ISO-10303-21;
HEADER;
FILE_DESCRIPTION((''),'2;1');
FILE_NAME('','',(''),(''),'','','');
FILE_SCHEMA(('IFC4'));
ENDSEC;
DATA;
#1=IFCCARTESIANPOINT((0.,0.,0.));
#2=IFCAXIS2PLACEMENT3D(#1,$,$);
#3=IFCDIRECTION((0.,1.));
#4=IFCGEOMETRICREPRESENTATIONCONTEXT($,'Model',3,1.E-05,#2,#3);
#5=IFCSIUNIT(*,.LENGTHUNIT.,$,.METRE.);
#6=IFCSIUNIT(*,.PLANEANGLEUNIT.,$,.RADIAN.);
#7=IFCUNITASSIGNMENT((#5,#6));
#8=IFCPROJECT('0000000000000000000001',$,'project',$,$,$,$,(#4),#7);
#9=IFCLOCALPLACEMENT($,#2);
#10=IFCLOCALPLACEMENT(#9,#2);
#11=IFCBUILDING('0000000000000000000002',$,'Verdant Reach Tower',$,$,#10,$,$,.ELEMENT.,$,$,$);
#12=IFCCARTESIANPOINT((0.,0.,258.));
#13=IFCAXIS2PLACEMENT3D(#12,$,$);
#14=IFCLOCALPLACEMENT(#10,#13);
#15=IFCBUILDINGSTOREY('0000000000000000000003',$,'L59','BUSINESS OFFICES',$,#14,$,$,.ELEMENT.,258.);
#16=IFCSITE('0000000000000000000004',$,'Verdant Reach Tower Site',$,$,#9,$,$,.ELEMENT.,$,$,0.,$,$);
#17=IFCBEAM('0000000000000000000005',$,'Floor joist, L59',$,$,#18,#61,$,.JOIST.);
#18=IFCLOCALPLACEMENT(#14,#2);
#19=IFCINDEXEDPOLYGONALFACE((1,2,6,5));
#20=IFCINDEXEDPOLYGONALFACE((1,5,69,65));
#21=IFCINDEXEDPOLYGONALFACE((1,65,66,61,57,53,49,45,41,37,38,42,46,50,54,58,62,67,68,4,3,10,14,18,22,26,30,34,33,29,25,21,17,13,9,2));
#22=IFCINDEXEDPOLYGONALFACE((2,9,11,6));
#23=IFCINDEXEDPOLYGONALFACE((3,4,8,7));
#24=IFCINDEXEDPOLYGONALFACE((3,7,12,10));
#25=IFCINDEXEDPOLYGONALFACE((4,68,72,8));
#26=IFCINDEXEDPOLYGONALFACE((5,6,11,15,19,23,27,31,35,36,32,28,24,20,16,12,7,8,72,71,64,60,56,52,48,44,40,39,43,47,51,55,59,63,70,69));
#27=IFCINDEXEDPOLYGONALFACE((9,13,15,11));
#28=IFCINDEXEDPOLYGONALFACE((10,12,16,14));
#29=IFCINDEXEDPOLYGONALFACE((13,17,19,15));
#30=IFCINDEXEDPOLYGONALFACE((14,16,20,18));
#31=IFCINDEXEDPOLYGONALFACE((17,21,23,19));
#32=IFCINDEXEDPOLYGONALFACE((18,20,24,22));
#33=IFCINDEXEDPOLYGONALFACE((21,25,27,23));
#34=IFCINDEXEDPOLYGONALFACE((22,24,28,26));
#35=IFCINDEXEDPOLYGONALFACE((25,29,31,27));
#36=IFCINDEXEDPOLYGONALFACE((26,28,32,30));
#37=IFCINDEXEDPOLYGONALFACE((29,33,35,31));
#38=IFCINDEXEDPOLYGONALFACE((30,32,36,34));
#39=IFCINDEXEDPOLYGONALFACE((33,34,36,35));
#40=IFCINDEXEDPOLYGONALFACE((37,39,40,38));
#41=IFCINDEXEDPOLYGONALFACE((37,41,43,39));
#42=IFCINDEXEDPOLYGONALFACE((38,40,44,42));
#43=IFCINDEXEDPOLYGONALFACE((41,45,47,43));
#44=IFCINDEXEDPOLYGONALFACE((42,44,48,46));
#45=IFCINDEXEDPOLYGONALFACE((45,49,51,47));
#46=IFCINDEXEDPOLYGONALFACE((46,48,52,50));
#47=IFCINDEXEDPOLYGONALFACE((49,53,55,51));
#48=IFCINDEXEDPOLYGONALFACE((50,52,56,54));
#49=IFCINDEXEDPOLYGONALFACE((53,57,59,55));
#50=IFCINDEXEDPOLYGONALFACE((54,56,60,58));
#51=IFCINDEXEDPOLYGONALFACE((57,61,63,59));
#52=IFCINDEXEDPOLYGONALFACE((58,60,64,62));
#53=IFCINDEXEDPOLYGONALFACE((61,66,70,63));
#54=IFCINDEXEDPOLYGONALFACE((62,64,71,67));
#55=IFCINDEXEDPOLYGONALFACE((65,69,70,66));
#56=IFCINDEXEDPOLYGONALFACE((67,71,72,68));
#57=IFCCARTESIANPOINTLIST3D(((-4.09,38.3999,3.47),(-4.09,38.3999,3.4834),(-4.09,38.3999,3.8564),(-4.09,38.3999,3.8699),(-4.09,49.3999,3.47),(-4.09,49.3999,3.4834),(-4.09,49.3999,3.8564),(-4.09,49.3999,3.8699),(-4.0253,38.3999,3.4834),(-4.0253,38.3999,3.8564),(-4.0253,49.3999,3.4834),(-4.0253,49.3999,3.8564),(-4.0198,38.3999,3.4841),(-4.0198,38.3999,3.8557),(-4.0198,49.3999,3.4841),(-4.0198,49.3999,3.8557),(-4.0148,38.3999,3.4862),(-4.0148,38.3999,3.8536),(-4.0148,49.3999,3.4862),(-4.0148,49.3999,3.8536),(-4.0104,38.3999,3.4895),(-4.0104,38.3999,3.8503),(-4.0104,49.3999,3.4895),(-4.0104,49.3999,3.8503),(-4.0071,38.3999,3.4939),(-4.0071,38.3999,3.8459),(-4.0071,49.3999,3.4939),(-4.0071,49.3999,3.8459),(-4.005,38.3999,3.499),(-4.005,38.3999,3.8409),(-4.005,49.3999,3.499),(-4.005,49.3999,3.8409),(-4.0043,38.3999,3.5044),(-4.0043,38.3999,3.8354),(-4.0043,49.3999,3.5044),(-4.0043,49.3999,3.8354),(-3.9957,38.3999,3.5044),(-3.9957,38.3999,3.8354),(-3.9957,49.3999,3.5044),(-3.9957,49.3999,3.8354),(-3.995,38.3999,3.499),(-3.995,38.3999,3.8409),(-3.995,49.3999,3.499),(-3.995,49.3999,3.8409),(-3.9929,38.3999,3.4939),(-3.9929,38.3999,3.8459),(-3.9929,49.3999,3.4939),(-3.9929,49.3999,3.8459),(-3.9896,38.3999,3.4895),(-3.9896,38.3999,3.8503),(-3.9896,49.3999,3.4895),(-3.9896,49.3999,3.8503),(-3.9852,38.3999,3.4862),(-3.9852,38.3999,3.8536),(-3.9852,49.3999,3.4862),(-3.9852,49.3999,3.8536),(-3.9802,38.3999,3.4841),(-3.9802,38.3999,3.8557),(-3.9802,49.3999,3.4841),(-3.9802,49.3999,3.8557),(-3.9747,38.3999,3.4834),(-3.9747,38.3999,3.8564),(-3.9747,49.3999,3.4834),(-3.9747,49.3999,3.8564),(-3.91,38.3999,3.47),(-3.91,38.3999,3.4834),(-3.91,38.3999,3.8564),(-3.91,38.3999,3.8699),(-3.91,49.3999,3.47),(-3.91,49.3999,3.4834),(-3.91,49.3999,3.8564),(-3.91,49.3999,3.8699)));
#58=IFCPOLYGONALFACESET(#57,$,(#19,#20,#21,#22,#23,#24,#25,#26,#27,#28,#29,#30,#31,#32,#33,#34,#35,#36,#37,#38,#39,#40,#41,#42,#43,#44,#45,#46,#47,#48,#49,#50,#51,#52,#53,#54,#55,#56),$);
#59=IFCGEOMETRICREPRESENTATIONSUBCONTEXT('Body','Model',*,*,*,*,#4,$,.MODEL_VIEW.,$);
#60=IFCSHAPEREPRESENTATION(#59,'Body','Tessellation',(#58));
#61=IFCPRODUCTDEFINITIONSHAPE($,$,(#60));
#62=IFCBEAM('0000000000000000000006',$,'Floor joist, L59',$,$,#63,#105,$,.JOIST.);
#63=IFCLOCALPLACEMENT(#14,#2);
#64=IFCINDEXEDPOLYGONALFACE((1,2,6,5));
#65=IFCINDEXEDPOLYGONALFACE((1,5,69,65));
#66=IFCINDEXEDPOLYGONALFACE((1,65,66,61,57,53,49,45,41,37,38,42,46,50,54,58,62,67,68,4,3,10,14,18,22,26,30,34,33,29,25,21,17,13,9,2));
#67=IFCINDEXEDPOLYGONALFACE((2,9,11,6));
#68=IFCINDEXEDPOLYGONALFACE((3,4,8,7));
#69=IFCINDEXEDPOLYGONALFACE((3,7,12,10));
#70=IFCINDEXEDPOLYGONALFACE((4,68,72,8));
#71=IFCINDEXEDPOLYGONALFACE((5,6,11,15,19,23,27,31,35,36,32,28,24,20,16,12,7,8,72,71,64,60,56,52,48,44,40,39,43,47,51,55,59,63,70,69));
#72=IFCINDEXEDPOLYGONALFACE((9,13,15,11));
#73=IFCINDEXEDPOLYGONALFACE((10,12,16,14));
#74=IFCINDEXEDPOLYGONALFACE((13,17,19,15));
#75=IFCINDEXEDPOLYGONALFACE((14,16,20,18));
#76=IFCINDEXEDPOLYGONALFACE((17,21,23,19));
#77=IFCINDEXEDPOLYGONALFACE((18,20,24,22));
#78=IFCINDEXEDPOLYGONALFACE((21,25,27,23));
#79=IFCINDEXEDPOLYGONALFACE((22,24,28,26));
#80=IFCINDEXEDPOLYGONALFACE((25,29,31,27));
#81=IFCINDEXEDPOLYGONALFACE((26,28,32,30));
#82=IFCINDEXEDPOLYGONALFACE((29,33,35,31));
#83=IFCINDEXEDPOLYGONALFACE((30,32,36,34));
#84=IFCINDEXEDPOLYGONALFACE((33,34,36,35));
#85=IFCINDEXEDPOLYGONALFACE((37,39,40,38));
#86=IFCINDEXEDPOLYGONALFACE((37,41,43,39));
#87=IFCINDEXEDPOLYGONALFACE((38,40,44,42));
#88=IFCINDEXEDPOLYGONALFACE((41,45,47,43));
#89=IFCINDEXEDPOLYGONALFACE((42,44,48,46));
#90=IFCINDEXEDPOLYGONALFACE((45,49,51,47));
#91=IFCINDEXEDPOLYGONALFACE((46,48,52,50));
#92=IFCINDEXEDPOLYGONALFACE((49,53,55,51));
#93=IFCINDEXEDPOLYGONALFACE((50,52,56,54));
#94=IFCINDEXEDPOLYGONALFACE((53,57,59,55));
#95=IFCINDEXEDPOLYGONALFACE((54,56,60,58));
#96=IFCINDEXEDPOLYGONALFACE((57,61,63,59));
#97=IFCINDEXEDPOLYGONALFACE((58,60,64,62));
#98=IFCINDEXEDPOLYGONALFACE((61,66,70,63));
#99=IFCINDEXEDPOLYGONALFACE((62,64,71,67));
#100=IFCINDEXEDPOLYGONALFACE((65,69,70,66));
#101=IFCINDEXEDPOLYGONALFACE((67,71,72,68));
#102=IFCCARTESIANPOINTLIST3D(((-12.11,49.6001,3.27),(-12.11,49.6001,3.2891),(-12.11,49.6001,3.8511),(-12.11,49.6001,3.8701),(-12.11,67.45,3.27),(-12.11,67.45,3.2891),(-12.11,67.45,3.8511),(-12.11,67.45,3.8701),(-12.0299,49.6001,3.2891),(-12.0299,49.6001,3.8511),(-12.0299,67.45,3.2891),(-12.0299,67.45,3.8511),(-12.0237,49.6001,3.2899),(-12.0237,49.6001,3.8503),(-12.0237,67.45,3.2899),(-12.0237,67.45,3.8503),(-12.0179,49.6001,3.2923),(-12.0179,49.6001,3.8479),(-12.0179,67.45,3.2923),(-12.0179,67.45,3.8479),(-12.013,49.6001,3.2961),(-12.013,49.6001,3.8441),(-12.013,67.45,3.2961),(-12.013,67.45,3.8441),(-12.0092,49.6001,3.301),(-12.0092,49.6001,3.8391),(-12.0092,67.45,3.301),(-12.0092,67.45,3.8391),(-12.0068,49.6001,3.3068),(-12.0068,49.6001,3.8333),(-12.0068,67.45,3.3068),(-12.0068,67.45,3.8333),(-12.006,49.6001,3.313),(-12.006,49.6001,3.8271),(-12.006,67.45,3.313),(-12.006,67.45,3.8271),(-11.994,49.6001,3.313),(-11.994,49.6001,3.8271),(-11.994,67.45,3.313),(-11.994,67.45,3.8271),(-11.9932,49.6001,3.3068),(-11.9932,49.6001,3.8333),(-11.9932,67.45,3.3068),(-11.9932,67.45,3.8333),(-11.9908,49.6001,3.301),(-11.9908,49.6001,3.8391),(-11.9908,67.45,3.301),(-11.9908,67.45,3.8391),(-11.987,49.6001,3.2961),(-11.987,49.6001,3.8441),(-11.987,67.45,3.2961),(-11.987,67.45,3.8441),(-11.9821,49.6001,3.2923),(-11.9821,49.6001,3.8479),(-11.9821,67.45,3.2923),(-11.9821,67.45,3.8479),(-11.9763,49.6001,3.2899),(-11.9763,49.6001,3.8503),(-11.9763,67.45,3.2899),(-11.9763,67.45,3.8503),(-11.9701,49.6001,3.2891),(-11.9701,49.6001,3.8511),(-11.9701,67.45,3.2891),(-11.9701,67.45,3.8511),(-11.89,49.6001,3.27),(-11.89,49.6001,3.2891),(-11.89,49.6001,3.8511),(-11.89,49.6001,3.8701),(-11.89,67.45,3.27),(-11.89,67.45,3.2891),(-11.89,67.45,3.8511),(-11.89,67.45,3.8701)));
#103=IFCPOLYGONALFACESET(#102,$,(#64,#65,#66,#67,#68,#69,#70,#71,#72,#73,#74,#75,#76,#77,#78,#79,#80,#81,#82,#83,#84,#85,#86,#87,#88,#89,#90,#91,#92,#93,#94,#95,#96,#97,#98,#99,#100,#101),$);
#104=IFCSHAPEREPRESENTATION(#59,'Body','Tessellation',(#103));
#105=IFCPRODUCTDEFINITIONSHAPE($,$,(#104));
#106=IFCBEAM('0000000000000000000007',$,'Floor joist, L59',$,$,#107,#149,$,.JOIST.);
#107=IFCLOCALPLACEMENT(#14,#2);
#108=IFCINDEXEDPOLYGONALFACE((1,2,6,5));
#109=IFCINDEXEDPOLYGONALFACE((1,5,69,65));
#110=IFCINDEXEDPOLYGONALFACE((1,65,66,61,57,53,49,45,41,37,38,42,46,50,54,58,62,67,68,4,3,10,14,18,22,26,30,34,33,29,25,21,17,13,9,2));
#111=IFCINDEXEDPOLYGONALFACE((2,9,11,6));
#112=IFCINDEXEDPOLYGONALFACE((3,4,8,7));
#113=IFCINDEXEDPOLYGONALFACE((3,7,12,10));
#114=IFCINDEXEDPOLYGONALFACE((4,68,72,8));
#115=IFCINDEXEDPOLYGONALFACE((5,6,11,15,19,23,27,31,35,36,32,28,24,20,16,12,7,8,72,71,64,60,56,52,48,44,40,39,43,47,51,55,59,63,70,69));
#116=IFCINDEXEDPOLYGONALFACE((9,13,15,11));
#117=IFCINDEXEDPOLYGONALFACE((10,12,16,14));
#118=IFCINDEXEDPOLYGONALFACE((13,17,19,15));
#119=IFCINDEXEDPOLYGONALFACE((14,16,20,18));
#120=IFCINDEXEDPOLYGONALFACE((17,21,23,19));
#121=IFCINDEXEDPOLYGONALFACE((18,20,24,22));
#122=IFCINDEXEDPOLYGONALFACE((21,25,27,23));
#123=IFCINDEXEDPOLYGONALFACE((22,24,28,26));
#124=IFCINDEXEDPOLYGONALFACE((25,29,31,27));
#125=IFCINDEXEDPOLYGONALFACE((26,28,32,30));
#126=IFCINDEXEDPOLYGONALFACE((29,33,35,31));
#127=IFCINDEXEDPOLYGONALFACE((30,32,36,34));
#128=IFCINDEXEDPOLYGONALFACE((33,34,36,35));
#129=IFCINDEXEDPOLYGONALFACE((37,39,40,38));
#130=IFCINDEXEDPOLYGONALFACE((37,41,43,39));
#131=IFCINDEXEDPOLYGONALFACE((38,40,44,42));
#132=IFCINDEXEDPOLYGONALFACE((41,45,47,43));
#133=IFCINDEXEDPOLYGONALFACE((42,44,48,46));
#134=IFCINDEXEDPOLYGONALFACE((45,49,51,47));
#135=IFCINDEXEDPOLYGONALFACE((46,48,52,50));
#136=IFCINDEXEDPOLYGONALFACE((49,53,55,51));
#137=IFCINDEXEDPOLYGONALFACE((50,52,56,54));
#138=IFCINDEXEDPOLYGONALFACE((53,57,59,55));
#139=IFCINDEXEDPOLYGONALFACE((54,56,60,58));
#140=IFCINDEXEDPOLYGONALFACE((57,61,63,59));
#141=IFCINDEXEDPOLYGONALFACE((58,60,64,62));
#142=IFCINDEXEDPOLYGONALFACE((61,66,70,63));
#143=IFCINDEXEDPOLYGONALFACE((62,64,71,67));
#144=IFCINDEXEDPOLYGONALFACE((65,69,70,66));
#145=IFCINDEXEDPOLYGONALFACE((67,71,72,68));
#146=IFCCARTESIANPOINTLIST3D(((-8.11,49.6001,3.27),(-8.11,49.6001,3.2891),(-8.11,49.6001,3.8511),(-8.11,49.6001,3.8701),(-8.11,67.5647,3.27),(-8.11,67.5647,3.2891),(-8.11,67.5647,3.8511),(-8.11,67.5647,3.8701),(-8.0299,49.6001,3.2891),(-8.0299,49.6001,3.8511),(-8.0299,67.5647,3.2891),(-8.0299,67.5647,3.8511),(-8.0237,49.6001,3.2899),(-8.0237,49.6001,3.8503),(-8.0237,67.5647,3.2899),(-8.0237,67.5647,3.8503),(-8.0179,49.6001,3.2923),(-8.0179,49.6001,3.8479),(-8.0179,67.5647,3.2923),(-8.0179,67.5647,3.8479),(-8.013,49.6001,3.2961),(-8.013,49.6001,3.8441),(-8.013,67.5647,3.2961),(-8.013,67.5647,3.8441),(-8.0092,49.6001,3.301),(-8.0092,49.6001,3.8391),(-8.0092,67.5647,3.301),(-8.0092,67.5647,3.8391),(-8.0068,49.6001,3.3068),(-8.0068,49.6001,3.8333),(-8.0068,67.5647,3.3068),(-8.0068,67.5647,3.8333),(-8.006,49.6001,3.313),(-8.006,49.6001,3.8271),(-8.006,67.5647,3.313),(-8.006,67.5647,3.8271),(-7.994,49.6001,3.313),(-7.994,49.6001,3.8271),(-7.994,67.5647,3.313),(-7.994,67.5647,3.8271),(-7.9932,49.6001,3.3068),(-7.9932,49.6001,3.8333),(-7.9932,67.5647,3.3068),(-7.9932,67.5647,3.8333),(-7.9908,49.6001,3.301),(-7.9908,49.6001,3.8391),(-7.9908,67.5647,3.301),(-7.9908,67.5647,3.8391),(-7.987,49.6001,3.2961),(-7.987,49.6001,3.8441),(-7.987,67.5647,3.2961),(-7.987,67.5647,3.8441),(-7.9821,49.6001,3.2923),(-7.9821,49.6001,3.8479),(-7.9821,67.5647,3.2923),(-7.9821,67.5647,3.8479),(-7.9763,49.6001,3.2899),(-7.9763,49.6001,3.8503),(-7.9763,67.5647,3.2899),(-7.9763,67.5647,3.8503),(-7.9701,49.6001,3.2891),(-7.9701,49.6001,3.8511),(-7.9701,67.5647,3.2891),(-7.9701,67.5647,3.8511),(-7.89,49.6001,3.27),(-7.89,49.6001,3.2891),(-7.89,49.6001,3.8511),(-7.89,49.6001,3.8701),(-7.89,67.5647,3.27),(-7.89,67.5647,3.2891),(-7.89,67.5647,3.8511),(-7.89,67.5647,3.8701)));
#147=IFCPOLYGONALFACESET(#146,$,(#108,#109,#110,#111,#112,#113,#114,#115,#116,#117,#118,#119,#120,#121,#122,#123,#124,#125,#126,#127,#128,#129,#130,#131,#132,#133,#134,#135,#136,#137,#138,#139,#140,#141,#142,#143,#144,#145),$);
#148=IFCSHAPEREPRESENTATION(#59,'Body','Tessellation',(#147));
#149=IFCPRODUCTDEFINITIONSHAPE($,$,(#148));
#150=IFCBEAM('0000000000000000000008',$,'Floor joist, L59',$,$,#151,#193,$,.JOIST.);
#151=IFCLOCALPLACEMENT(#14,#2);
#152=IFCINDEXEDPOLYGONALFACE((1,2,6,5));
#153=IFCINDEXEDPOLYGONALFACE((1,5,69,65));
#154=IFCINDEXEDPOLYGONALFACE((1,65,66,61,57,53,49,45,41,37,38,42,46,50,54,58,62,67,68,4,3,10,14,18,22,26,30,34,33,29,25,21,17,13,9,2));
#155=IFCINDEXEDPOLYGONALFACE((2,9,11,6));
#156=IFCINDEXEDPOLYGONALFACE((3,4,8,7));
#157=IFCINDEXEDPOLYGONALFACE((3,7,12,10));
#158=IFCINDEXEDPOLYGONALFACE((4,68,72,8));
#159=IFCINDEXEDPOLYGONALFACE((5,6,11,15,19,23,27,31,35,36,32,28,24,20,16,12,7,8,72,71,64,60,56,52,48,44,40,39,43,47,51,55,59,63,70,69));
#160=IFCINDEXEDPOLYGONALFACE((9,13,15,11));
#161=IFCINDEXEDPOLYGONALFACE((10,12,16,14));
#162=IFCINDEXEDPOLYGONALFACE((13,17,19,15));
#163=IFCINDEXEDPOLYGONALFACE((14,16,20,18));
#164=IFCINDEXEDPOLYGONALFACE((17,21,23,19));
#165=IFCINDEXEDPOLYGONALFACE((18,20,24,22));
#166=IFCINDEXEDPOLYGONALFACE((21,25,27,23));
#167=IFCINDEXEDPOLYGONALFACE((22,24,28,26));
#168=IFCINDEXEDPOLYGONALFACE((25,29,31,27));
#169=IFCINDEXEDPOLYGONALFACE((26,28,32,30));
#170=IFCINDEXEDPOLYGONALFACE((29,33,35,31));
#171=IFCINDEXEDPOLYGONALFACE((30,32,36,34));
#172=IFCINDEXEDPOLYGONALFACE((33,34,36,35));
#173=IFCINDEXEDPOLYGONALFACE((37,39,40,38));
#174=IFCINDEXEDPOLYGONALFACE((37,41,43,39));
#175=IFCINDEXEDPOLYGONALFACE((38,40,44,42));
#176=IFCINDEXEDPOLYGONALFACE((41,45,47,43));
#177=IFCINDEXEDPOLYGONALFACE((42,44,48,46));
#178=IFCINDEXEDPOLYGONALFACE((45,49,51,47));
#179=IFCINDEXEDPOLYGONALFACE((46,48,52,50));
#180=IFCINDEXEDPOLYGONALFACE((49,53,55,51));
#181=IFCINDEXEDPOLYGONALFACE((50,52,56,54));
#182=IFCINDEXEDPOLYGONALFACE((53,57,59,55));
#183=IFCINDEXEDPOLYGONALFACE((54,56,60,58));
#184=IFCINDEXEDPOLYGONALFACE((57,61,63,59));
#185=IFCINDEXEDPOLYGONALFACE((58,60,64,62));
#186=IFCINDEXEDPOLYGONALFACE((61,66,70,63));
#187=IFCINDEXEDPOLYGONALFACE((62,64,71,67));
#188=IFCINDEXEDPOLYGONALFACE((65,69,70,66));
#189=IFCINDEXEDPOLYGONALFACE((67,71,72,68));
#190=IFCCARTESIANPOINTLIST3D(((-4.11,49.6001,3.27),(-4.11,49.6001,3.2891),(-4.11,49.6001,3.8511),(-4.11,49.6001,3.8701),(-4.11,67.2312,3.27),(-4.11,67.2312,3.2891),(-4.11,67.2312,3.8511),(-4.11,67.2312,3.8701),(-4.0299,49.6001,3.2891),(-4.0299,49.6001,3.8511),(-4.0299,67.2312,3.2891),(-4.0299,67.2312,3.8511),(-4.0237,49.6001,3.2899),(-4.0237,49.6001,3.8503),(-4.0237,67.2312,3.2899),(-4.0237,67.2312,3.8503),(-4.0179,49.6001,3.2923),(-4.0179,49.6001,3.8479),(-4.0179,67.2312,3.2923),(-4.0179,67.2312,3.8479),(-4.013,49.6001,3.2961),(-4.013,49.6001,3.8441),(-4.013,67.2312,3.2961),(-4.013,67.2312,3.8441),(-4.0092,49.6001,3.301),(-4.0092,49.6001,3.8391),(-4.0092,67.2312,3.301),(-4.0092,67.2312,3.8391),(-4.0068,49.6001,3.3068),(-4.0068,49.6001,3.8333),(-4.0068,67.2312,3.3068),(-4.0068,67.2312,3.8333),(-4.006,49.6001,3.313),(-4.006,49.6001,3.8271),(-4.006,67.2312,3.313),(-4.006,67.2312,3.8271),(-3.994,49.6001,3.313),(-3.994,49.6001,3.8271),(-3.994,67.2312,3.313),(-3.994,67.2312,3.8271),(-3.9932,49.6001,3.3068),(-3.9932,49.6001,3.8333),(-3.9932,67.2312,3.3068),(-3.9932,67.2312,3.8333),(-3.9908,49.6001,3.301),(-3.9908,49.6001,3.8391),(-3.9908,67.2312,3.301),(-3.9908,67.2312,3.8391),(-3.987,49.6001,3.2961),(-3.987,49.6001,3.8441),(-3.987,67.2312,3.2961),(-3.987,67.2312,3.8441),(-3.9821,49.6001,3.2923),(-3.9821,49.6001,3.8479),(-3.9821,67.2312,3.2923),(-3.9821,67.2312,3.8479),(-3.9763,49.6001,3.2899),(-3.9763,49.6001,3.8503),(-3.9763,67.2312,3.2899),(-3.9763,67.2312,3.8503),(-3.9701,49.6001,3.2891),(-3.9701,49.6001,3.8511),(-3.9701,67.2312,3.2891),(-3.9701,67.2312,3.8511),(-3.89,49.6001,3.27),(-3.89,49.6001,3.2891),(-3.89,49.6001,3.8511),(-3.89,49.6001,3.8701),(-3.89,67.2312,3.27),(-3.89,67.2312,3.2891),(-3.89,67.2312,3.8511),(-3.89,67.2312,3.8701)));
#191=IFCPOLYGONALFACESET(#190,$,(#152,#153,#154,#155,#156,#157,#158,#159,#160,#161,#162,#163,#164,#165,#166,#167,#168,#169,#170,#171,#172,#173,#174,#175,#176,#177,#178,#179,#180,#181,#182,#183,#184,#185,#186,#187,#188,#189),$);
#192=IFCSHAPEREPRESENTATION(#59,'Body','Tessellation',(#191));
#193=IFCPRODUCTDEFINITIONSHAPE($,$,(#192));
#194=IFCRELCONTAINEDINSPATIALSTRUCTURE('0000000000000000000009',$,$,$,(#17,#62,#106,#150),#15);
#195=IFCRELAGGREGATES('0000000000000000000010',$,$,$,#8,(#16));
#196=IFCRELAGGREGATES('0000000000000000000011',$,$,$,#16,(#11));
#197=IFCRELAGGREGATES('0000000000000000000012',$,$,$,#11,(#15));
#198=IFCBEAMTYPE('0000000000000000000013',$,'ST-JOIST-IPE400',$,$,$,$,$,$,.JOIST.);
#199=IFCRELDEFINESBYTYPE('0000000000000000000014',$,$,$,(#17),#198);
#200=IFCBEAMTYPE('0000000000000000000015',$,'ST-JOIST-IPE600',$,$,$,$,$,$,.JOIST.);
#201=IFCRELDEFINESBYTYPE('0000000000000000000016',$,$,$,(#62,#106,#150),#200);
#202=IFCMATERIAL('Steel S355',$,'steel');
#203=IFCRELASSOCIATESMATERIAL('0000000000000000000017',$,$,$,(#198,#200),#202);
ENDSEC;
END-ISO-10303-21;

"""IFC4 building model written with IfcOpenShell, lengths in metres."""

from ifc_helpers import new_model, si_unit, direction, frame, origin, origin_2d, place, context, subcontext, project, spatial, i_section, extrude, material, material_profile, profile_set, type_object, element, save


model = new_model("IFC4")

# Units and contexts
model_context = context("Model", 3, precision=1e-05, world=origin(), true_north=direction((0.0, 1.0)))
body_context = subcontext(model_context, "Body", "Model", "MODEL_VIEW")
ifc_project = project(units=[si_unit("LENGTHUNIT", "METRE"), si_unit("PLANEANGLEUNIT", "RADIAN")], contexts=[model_context])

# Site, building, storey
site_placement = place(None, origin())
site = spatial("IfcSite", under=ifc_project, at=site_placement, Name="Verdant Reach Tower Site", CompositionType="ELEMENT", RefElevation=0.0)
building_placement = place(site_placement, origin())
building = spatial("IfcBuilding", under=site, at=building_placement, Name="Verdant Reach Tower", CompositionType="ELEMENT")
storey_placement = place(building_placement, frame((0.0, 0.0, 258.0)))
storey = spatial("IfcBuildingStorey", under=building, at=storey_placement, Name="L59", Description="BUSINESS OFFICES", CompositionType="ELEMENT", Elevation=258.0)

# Beams
ifc_material_1 = material(Name="Steel S355", Category="steel")
ifc_material_profile_1 = material_profile(ifc_material_1, i_section(OverallWidth=0.1799, OverallDepth=0.3999, WebThickness=0.0085, FlangeThickness=0.0134, FilletRadius=0.021, at=origin_2d()), Name="IPE 400")
ifc_profile_set_1 = profile_set([ifc_material_profile_1], Name="Steel S355")
beam_type_1 = type_object("IfcBeamType", Name="ST-JOIST-IPE400", PredefinedType="JOIST", material=ifc_profile_set_1)
for number, where, z_axis, x_axis, name in (
    (1, (-4.0, 38.3999, 3.6699), (0.0, 1.0, 0.0), (-1.0, 0.0, 0.0), "Floor joist, L59"),
):
    element("IfcBeam", number, at=place(storey_placement, frame(where, z_axis=z_axis, x_axis=x_axis)), inside=storey, type_object=beam_type_1, Name=name, PredefinedType="JOIST", context=body_context, shape_type="SweptSolid", body=[
        extrude(i_section(OverallWidth=0.1799, OverallDepth=0.3999, WebThickness=0.0085, FlangeThickness=0.0134, FilletRadius=0.021, at=origin_2d()), origin(), (0.0, 0.0, 1.0), 11.0),
    ])
ifc_material_profile_2 = material_profile(ifc_material_1, i_section(OverallWidth=0.22, OverallDepth=0.6001, WebThickness=0.012, FlangeThickness=0.019, FilletRadius=0.0239, at=origin_2d()), Name="IPE 600")
ifc_profile_set_2 = profile_set([ifc_material_profile_2], Name="Steel S355")
beam_type_2 = type_object("IfcBeamType", Name="ST-JOIST-IPE600", PredefinedType="JOIST", material=ifc_profile_set_2)
beam_1_placement = place(storey_placement, frame((-12.0, 49.6001, 3.5701), z_axis=(0.0, 1.0, 0.0), x_axis=(-1.0, 0.0, 0.0)))
element("IfcBeam", 2, at=beam_1_placement, inside=storey, type_object=beam_type_2, Name="Floor joist, L59", PredefinedType="JOIST", context=body_context, shape_type="SweptSolid", body=[
    extrude(i_section(OverallWidth=0.22, OverallDepth=0.6001, WebThickness=0.012, FlangeThickness=0.019, FilletRadius=0.0239, at=origin_2d()), origin(), (0.0, 0.0, 1.0), 17.8499),
])
beam_2_placement = place(storey_placement, frame((-8.0, 49.6001, 3.5701), z_axis=(0.0, 1.0, 0.0), x_axis=(-1.0, 0.0, 0.0)))
element("IfcBeam", 3, at=beam_2_placement, inside=storey, type_object=beam_type_2, Name="Floor joist, L59", PredefinedType="JOIST", context=body_context, shape_type="SweptSolid", body=[
    extrude(i_section(OverallWidth=0.22, OverallDepth=0.6001, WebThickness=0.012, FlangeThickness=0.019, FilletRadius=0.0239, at=origin_2d()), origin(), (0.0, 0.0, 1.0), 17.9646),
])
beam_3_placement = place(storey_placement, frame((-4.0, 49.6001, 3.5701), z_axis=(0.0, 1.0, 0.0), x_axis=(-1.0, 0.0, 0.0)))
element("IfcBeam", 4, at=beam_3_placement, inside=storey, type_object=beam_type_2, Name="Floor joist, L59", PredefinedType="JOIST", context=body_context, shape_type="SweptSolid", body=[
    extrude(i_section(OverallWidth=0.22, OverallDepth=0.6001, WebThickness=0.012, FlangeThickness=0.019, FilletRadius=0.0239, at=origin_2d()), origin(), (0.0, 0.0, 1.0), 17.6311),
])

save(model, "model.ifc")
